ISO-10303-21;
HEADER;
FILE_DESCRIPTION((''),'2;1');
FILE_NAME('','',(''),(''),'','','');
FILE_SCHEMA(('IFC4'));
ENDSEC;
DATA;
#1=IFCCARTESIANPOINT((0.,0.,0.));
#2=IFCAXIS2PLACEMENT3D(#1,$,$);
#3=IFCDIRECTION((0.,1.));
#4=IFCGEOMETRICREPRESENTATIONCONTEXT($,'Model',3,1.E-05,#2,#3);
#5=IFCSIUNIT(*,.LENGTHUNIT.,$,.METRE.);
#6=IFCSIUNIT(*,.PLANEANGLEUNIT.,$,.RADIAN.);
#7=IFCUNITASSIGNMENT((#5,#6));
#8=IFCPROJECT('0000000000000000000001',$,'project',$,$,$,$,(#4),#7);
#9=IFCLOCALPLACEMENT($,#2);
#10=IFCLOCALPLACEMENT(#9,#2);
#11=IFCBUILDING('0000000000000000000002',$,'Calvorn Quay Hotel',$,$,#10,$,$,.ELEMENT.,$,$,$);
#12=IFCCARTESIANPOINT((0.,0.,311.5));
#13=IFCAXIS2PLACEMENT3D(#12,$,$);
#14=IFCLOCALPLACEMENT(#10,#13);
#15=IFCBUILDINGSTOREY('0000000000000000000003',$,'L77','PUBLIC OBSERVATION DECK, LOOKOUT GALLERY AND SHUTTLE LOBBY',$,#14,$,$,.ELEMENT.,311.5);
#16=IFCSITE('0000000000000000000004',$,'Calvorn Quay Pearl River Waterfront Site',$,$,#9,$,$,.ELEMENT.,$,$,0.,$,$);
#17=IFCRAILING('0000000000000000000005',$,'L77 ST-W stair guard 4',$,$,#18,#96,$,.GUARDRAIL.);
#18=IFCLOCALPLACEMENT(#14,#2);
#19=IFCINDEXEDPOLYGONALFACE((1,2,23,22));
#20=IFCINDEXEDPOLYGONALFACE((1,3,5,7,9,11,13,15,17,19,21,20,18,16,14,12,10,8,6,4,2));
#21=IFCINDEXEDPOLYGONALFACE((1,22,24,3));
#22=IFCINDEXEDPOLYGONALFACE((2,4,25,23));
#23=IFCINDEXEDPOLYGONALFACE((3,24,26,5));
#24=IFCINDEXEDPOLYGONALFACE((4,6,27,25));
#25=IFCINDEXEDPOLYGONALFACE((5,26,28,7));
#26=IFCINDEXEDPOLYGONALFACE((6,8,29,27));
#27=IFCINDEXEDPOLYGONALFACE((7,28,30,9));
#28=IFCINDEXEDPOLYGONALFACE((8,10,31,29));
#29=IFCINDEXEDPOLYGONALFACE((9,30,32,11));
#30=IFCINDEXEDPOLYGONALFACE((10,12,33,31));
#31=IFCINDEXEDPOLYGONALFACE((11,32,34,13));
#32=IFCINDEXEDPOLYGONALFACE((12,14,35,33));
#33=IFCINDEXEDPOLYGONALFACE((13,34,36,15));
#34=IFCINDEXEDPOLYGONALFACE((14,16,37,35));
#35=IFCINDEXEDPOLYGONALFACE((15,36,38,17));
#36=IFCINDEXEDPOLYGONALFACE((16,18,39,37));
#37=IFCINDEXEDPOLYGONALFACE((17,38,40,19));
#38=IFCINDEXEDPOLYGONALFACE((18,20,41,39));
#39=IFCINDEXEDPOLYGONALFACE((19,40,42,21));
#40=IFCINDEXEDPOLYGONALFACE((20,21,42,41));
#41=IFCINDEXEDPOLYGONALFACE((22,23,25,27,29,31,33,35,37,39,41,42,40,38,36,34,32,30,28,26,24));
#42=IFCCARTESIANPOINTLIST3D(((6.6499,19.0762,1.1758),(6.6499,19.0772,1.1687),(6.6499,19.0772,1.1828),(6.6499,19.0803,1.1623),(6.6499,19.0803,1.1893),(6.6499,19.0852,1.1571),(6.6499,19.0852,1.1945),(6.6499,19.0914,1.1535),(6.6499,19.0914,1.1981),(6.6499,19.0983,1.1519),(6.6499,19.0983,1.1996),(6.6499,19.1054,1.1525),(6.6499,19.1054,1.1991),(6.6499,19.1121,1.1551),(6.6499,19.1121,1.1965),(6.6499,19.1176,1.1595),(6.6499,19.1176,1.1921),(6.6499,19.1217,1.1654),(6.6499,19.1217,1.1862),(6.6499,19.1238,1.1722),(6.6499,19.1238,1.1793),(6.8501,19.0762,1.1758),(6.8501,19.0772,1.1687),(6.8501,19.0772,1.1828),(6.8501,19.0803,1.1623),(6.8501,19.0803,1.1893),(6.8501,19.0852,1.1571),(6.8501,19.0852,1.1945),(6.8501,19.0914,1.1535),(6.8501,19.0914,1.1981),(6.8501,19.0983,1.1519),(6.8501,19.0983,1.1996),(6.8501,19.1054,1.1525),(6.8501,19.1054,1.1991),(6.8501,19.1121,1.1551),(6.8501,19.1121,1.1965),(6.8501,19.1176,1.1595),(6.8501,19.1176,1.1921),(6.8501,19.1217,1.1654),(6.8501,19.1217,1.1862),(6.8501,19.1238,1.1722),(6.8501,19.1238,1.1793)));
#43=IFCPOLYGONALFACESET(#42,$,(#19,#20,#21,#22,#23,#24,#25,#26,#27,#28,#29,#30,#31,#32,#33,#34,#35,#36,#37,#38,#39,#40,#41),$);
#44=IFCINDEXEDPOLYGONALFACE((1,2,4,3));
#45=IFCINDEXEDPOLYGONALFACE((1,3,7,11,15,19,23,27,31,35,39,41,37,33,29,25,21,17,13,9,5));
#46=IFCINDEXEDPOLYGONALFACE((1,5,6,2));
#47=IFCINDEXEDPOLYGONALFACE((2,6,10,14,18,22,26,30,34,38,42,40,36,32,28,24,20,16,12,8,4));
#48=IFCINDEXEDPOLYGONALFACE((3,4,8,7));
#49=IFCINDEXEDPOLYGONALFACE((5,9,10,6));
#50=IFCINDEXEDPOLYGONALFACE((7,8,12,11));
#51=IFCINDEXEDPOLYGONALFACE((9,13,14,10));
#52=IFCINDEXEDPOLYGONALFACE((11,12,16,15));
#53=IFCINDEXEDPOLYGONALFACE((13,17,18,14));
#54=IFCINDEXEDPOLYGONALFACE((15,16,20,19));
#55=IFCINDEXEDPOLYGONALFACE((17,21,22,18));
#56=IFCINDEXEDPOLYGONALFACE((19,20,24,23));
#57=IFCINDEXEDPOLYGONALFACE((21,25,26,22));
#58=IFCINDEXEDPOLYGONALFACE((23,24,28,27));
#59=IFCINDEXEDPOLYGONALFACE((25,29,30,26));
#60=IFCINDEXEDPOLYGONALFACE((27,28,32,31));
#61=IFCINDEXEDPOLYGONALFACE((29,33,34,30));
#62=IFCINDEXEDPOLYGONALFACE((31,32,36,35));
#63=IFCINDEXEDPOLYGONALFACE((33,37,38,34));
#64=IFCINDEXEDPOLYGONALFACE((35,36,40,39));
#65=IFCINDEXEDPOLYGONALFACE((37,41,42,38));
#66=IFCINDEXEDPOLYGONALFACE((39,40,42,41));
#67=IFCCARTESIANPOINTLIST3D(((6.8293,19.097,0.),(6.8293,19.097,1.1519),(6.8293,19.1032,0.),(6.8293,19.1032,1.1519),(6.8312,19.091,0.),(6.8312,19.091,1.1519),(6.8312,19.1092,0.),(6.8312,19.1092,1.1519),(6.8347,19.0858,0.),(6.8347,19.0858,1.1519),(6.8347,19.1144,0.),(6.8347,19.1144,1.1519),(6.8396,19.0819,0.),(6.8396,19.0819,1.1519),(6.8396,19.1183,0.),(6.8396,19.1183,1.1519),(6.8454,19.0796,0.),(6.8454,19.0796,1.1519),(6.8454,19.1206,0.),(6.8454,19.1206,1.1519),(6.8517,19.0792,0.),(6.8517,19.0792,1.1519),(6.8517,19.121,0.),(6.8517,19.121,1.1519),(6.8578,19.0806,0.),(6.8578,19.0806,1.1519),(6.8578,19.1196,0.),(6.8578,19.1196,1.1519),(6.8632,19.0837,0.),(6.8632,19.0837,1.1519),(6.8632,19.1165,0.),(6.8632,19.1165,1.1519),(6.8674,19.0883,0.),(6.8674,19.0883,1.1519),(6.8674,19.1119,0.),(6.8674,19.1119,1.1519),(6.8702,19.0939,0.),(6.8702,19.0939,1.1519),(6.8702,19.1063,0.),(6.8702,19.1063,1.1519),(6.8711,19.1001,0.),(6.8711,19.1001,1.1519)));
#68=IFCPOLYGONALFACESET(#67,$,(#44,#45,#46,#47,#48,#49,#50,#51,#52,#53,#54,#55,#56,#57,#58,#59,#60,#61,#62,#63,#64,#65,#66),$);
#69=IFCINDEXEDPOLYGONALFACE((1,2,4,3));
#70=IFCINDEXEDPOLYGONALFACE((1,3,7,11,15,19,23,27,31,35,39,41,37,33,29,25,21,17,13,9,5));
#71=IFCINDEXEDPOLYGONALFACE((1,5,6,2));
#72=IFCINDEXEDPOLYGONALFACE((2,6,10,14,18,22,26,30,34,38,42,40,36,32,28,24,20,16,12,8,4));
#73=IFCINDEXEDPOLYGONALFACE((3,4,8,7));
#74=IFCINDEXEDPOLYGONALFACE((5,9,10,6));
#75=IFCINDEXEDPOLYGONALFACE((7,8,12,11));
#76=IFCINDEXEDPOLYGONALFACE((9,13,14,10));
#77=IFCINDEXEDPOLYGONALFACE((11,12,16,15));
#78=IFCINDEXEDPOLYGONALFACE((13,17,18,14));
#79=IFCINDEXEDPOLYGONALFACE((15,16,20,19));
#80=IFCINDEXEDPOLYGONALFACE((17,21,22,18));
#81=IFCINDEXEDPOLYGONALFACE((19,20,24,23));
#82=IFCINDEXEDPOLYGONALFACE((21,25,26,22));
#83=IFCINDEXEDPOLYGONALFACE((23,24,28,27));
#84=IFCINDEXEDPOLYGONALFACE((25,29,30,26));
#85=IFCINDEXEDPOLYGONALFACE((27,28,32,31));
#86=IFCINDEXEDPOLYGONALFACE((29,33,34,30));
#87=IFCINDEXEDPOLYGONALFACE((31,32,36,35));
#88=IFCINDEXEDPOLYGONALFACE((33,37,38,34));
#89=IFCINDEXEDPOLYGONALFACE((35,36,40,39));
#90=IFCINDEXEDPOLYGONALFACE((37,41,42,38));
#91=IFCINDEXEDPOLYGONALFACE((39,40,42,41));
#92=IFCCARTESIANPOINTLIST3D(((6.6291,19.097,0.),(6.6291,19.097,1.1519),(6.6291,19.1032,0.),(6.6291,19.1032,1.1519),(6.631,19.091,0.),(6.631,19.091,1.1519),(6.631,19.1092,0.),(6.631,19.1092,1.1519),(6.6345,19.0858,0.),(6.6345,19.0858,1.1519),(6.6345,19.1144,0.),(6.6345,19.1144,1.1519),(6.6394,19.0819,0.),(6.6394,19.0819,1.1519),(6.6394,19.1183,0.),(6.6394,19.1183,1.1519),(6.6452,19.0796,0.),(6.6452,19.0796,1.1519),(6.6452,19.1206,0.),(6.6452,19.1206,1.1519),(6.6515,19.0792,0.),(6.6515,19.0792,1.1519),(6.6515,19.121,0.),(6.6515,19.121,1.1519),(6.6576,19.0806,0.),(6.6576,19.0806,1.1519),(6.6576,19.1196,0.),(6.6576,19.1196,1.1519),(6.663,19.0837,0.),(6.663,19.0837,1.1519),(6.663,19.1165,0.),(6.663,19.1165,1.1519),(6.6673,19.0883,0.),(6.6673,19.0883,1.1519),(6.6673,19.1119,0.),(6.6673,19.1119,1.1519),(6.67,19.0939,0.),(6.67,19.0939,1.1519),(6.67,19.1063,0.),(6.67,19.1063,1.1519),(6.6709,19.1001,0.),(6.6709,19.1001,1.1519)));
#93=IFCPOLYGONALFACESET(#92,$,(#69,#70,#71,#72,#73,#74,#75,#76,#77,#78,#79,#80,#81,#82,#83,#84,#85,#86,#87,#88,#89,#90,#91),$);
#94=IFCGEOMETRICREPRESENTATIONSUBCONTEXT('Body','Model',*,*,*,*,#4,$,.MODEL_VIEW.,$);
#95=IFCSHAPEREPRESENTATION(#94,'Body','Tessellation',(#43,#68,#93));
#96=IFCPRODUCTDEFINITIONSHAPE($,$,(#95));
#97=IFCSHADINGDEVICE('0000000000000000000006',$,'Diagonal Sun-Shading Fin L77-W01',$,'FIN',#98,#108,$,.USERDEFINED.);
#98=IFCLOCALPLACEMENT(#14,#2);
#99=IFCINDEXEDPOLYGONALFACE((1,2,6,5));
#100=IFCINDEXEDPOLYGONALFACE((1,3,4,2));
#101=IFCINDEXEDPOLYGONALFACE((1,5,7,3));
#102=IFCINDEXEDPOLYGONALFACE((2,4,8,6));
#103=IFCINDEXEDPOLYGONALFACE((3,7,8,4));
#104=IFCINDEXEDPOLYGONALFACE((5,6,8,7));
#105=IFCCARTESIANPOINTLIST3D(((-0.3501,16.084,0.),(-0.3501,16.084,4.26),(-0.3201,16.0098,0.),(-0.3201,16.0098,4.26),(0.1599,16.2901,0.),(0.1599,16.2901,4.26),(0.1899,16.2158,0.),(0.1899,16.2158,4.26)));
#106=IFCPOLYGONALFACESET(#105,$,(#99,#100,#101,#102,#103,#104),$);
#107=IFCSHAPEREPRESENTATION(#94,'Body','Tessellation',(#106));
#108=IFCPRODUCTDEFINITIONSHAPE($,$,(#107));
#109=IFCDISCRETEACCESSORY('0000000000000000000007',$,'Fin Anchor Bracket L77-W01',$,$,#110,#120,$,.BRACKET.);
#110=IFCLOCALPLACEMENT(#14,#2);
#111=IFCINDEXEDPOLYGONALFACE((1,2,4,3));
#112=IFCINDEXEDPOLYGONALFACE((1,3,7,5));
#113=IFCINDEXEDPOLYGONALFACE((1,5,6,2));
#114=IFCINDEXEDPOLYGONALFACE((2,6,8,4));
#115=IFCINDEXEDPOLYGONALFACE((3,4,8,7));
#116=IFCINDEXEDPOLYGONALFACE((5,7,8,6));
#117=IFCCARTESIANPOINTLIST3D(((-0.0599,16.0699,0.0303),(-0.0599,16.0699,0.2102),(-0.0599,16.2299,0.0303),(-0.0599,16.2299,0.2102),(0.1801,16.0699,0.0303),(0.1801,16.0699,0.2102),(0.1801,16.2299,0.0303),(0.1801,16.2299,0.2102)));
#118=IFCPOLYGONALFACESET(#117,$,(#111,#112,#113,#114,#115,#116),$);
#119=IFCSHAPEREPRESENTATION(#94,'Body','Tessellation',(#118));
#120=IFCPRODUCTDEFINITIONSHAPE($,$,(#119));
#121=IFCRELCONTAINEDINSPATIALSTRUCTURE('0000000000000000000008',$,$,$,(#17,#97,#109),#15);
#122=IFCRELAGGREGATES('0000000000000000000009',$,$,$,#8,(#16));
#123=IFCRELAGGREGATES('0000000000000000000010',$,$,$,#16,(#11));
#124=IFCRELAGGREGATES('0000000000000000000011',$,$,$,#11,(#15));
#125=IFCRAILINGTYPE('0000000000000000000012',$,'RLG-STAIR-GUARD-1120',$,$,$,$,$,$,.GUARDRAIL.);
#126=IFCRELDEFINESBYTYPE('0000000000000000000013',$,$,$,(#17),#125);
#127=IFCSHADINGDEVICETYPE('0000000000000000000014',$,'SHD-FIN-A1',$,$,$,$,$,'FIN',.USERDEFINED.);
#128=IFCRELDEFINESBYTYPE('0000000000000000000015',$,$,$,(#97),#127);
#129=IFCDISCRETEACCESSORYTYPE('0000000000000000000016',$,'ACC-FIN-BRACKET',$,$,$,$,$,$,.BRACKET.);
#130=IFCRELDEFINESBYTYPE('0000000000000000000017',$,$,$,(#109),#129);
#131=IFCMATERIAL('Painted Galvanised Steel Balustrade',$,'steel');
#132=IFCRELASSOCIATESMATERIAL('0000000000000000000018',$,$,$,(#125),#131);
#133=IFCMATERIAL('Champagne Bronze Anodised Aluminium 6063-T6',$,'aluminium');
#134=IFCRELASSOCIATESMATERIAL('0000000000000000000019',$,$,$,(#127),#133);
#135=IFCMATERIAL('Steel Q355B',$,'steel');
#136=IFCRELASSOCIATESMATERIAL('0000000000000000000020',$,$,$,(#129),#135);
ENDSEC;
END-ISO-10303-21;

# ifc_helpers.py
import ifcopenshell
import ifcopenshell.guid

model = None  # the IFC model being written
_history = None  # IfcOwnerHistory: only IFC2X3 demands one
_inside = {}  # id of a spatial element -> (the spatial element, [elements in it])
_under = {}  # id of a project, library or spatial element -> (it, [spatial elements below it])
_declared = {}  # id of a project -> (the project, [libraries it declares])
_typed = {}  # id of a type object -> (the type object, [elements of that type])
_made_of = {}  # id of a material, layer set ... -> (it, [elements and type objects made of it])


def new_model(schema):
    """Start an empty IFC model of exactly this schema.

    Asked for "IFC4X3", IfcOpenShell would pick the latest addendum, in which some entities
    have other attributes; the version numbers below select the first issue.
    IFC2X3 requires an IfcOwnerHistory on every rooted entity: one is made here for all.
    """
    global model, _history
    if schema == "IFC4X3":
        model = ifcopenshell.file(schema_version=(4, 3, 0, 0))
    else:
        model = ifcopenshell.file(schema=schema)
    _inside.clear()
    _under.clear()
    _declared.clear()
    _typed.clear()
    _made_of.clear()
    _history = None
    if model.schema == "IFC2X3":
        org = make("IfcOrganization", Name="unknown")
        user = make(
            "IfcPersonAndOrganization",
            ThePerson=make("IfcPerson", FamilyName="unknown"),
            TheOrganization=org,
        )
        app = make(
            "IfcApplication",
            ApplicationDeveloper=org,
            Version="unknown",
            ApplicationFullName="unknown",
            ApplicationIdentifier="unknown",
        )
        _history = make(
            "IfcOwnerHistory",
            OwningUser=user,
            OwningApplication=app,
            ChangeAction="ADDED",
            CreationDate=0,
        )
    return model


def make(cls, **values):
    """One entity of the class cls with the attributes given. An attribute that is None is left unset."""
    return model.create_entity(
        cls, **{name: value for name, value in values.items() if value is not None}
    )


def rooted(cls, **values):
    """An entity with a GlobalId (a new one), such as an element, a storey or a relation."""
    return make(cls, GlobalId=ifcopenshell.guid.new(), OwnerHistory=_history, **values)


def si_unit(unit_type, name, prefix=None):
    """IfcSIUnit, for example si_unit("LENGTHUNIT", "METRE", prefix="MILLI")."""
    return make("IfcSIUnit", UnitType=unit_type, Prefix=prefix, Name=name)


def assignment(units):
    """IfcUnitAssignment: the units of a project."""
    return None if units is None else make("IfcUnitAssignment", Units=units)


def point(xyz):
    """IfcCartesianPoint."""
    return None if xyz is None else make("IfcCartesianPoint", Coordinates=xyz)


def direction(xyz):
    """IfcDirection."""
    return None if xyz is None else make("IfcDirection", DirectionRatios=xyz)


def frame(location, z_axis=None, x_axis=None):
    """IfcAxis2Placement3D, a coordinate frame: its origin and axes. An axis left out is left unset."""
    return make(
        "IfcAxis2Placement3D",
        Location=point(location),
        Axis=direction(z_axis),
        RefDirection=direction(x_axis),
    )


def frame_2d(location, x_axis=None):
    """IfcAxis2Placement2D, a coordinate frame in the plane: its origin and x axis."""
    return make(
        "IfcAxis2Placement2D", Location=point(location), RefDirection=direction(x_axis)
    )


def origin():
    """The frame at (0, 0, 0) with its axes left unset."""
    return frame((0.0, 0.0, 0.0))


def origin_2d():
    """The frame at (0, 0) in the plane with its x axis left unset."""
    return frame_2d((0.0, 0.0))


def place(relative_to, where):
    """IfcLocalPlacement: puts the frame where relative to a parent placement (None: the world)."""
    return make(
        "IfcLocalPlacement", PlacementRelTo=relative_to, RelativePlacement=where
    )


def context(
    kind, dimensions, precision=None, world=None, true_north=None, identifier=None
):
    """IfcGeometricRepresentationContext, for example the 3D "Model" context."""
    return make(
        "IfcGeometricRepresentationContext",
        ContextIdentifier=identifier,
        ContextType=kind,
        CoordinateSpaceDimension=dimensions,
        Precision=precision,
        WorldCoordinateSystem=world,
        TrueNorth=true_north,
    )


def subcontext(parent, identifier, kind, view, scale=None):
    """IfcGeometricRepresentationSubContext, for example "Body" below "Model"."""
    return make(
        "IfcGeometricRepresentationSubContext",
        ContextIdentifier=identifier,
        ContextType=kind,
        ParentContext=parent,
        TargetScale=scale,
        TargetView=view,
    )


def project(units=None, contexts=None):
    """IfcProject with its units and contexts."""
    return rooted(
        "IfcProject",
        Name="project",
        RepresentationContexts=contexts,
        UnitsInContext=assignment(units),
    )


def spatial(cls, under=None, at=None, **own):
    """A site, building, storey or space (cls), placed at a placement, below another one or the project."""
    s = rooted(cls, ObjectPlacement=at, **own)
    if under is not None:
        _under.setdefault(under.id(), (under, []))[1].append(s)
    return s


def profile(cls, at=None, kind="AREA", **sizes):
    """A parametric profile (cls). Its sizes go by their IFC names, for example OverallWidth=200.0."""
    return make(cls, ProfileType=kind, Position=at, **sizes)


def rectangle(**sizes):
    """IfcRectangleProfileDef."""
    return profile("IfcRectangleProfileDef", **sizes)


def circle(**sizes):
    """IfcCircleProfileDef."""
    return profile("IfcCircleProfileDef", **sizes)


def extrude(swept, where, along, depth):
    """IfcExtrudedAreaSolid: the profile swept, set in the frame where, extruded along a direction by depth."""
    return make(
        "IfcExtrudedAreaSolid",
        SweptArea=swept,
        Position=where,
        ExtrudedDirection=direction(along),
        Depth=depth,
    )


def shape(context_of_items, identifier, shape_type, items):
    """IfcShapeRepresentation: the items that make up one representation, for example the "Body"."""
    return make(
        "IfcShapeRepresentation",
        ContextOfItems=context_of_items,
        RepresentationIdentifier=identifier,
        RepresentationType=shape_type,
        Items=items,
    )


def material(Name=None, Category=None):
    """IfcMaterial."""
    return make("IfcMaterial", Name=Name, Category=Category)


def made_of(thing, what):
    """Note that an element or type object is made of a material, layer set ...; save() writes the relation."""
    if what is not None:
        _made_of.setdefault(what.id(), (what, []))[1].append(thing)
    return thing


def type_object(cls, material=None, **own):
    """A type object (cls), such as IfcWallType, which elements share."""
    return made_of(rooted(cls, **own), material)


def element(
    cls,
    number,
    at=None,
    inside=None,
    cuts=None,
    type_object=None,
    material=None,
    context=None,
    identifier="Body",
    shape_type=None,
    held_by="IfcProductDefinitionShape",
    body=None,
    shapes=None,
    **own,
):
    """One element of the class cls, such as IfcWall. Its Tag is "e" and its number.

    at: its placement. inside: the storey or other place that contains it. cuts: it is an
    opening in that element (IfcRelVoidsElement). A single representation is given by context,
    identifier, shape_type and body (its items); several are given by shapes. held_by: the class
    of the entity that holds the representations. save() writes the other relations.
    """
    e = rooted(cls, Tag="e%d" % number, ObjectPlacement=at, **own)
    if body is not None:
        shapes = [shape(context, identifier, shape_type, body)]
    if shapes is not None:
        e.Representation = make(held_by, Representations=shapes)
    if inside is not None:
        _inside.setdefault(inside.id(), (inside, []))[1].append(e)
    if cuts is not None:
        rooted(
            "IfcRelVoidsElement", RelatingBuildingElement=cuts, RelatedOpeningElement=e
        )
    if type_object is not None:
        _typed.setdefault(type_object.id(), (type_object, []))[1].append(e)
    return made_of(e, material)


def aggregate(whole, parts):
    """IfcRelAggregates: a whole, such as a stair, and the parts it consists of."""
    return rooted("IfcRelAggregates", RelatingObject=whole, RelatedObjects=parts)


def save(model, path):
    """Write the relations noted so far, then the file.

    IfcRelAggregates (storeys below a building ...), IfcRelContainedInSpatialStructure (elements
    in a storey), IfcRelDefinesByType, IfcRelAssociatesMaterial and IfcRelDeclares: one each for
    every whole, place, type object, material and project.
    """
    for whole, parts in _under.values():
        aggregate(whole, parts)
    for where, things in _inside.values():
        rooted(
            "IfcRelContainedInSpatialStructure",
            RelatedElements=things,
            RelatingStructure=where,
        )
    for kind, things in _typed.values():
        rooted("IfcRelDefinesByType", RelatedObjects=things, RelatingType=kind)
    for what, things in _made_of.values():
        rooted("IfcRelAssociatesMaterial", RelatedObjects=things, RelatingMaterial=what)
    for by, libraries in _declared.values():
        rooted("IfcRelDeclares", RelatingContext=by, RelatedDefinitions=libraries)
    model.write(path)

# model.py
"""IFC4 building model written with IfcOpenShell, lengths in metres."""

from ifc_helpers import new_model, si_unit, direction, frame, origin, origin_2d, place, context, subcontext, project, spatial, rectangle, circle, extrude, material, type_object, element, save


model = new_model("IFC4")

# Units and contexts
model_context = context("Model", 3, precision=1e-05, world=origin(), true_north=direction((0.0, 1.0)))
body_context = subcontext(model_context, "Body", "Model", "MODEL_VIEW")
ifc_project = project(units=[si_unit("LENGTHUNIT", "METRE"), si_unit("PLANEANGLEUNIT", "RADIAN")], contexts=[model_context])

# Site, building, storey
site_placement = place(None, origin())
site = spatial("IfcSite", under=ifc_project, at=site_placement, Name="Calvorn Quay Pearl River Waterfront Site", CompositionType="ELEMENT", RefElevation=0.0)
building_placement = place(site_placement, origin())
building = spatial("IfcBuilding", under=site, at=building_placement, Name="Calvorn Quay Hotel", CompositionType="ELEMENT")
storey_placement = place(building_placement, frame((0.0, 0.0, 311.5)))
storey = spatial("IfcBuildingStorey", under=building, at=storey_placement, Name="L77", Description="PUBLIC OBSERVATION DECK, LOOKOUT GALLERY AND SHUTTLE LOBBY", CompositionType="ELEMENT", Elevation=311.5)

# Railing
ifc_material_1 = material(Name="Painted Galvanised Steel Balustrade", Category="steel")
railing_type_1 = type_object("IfcRailingType", Name="RLG-STAIR-GUARD-1120", PredefinedType="GUARDRAIL", material=ifc_material_1)
railing_1_placement = place(storey_placement, frame((6.8501, 19.1001, 0.0)))
element("IfcRailing", 1, at=railing_1_placement, inside=storey, type_object=railing_type_1, Name="L77 ST-W stair guard 4", PredefinedType="GUARDRAIL", context=body_context, shape_type="SweptSolid", body=[
    extrude(circle(Radius=0.0239, at=origin_2d()), frame((0.0, 0.0, 1.1758), z_axis=(-1.0, 0.0, 0.0), x_axis=(0.0, -1.0, 0.0)), (0.0, 0.0, 1.0), 0.2002),
    extrude(circle(Radius=0.021, at=origin_2d()), origin(), (0.0, 0.0, 1.0), 1.1519),
    extrude(circle(Radius=0.021, at=origin_2d()), frame((-0.2002, 0.0, 0.0)), (0.0, 0.0, 1.0), 1.1519),
])

# Shading device
ifc_material_2 = material(Name="Champagne Bronze Anodised Aluminium 6063-T6", Category="aluminium")
shading_device_type = type_object("IfcShadingDeviceType", Name="SHD-FIN-A1", ElementType="FIN", PredefinedType="USERDEFINED", material=ifc_material_2)
shading_device_placement = place(storey_placement, frame((-0.0801, 16.1499, 0.0), z_axis=(0.0, 0.0, 1.0), x_axis=(0.927184, 0.374607, 0.0)))
element("IfcShadingDevice", 2, at=shading_device_placement, inside=storey, type_object=shading_device_type, Name="Diagonal Sun-Shading Fin L77-W01", ObjectType="FIN", PredefinedType="USERDEFINED", context=body_context, shape_type="SweptSolid", body=[
    extrude(rectangle(XDim=0.55, YDim=0.0801, at=origin_2d()), origin(), (0.0, 0.0, 1.0), 4.26),
])

# Discrete accessory
ifc_material_3 = material(Name="Steel Q355B", Category="steel")
discrete_accessory_type = type_object("IfcDiscreteAccessoryType", Name="ACC-FIN-BRACKET", PredefinedType="BRACKET", material=ifc_material_3)
discrete_accessory_placement = place(storey_placement, frame((0.0601, 16.1499, 0.0303), z_axis=(0.0, 0.0, 1.0), x_axis=(1.0, 0.0, 0.0)))
element("IfcDiscreteAccessory", 3, at=discrete_accessory_placement, inside=storey, type_object=discrete_accessory_type, Name="Fin Anchor Bracket L77-W01", PredefinedType="BRACKET", context=body_context, shape_type="SweptSolid", body=[
    extrude(rectangle(XDim=0.24, YDim=0.1599, at=origin_2d()), origin(), (0.0, 0.0, 1.0), 0.1799),
])

save(model, "model.ifc")
